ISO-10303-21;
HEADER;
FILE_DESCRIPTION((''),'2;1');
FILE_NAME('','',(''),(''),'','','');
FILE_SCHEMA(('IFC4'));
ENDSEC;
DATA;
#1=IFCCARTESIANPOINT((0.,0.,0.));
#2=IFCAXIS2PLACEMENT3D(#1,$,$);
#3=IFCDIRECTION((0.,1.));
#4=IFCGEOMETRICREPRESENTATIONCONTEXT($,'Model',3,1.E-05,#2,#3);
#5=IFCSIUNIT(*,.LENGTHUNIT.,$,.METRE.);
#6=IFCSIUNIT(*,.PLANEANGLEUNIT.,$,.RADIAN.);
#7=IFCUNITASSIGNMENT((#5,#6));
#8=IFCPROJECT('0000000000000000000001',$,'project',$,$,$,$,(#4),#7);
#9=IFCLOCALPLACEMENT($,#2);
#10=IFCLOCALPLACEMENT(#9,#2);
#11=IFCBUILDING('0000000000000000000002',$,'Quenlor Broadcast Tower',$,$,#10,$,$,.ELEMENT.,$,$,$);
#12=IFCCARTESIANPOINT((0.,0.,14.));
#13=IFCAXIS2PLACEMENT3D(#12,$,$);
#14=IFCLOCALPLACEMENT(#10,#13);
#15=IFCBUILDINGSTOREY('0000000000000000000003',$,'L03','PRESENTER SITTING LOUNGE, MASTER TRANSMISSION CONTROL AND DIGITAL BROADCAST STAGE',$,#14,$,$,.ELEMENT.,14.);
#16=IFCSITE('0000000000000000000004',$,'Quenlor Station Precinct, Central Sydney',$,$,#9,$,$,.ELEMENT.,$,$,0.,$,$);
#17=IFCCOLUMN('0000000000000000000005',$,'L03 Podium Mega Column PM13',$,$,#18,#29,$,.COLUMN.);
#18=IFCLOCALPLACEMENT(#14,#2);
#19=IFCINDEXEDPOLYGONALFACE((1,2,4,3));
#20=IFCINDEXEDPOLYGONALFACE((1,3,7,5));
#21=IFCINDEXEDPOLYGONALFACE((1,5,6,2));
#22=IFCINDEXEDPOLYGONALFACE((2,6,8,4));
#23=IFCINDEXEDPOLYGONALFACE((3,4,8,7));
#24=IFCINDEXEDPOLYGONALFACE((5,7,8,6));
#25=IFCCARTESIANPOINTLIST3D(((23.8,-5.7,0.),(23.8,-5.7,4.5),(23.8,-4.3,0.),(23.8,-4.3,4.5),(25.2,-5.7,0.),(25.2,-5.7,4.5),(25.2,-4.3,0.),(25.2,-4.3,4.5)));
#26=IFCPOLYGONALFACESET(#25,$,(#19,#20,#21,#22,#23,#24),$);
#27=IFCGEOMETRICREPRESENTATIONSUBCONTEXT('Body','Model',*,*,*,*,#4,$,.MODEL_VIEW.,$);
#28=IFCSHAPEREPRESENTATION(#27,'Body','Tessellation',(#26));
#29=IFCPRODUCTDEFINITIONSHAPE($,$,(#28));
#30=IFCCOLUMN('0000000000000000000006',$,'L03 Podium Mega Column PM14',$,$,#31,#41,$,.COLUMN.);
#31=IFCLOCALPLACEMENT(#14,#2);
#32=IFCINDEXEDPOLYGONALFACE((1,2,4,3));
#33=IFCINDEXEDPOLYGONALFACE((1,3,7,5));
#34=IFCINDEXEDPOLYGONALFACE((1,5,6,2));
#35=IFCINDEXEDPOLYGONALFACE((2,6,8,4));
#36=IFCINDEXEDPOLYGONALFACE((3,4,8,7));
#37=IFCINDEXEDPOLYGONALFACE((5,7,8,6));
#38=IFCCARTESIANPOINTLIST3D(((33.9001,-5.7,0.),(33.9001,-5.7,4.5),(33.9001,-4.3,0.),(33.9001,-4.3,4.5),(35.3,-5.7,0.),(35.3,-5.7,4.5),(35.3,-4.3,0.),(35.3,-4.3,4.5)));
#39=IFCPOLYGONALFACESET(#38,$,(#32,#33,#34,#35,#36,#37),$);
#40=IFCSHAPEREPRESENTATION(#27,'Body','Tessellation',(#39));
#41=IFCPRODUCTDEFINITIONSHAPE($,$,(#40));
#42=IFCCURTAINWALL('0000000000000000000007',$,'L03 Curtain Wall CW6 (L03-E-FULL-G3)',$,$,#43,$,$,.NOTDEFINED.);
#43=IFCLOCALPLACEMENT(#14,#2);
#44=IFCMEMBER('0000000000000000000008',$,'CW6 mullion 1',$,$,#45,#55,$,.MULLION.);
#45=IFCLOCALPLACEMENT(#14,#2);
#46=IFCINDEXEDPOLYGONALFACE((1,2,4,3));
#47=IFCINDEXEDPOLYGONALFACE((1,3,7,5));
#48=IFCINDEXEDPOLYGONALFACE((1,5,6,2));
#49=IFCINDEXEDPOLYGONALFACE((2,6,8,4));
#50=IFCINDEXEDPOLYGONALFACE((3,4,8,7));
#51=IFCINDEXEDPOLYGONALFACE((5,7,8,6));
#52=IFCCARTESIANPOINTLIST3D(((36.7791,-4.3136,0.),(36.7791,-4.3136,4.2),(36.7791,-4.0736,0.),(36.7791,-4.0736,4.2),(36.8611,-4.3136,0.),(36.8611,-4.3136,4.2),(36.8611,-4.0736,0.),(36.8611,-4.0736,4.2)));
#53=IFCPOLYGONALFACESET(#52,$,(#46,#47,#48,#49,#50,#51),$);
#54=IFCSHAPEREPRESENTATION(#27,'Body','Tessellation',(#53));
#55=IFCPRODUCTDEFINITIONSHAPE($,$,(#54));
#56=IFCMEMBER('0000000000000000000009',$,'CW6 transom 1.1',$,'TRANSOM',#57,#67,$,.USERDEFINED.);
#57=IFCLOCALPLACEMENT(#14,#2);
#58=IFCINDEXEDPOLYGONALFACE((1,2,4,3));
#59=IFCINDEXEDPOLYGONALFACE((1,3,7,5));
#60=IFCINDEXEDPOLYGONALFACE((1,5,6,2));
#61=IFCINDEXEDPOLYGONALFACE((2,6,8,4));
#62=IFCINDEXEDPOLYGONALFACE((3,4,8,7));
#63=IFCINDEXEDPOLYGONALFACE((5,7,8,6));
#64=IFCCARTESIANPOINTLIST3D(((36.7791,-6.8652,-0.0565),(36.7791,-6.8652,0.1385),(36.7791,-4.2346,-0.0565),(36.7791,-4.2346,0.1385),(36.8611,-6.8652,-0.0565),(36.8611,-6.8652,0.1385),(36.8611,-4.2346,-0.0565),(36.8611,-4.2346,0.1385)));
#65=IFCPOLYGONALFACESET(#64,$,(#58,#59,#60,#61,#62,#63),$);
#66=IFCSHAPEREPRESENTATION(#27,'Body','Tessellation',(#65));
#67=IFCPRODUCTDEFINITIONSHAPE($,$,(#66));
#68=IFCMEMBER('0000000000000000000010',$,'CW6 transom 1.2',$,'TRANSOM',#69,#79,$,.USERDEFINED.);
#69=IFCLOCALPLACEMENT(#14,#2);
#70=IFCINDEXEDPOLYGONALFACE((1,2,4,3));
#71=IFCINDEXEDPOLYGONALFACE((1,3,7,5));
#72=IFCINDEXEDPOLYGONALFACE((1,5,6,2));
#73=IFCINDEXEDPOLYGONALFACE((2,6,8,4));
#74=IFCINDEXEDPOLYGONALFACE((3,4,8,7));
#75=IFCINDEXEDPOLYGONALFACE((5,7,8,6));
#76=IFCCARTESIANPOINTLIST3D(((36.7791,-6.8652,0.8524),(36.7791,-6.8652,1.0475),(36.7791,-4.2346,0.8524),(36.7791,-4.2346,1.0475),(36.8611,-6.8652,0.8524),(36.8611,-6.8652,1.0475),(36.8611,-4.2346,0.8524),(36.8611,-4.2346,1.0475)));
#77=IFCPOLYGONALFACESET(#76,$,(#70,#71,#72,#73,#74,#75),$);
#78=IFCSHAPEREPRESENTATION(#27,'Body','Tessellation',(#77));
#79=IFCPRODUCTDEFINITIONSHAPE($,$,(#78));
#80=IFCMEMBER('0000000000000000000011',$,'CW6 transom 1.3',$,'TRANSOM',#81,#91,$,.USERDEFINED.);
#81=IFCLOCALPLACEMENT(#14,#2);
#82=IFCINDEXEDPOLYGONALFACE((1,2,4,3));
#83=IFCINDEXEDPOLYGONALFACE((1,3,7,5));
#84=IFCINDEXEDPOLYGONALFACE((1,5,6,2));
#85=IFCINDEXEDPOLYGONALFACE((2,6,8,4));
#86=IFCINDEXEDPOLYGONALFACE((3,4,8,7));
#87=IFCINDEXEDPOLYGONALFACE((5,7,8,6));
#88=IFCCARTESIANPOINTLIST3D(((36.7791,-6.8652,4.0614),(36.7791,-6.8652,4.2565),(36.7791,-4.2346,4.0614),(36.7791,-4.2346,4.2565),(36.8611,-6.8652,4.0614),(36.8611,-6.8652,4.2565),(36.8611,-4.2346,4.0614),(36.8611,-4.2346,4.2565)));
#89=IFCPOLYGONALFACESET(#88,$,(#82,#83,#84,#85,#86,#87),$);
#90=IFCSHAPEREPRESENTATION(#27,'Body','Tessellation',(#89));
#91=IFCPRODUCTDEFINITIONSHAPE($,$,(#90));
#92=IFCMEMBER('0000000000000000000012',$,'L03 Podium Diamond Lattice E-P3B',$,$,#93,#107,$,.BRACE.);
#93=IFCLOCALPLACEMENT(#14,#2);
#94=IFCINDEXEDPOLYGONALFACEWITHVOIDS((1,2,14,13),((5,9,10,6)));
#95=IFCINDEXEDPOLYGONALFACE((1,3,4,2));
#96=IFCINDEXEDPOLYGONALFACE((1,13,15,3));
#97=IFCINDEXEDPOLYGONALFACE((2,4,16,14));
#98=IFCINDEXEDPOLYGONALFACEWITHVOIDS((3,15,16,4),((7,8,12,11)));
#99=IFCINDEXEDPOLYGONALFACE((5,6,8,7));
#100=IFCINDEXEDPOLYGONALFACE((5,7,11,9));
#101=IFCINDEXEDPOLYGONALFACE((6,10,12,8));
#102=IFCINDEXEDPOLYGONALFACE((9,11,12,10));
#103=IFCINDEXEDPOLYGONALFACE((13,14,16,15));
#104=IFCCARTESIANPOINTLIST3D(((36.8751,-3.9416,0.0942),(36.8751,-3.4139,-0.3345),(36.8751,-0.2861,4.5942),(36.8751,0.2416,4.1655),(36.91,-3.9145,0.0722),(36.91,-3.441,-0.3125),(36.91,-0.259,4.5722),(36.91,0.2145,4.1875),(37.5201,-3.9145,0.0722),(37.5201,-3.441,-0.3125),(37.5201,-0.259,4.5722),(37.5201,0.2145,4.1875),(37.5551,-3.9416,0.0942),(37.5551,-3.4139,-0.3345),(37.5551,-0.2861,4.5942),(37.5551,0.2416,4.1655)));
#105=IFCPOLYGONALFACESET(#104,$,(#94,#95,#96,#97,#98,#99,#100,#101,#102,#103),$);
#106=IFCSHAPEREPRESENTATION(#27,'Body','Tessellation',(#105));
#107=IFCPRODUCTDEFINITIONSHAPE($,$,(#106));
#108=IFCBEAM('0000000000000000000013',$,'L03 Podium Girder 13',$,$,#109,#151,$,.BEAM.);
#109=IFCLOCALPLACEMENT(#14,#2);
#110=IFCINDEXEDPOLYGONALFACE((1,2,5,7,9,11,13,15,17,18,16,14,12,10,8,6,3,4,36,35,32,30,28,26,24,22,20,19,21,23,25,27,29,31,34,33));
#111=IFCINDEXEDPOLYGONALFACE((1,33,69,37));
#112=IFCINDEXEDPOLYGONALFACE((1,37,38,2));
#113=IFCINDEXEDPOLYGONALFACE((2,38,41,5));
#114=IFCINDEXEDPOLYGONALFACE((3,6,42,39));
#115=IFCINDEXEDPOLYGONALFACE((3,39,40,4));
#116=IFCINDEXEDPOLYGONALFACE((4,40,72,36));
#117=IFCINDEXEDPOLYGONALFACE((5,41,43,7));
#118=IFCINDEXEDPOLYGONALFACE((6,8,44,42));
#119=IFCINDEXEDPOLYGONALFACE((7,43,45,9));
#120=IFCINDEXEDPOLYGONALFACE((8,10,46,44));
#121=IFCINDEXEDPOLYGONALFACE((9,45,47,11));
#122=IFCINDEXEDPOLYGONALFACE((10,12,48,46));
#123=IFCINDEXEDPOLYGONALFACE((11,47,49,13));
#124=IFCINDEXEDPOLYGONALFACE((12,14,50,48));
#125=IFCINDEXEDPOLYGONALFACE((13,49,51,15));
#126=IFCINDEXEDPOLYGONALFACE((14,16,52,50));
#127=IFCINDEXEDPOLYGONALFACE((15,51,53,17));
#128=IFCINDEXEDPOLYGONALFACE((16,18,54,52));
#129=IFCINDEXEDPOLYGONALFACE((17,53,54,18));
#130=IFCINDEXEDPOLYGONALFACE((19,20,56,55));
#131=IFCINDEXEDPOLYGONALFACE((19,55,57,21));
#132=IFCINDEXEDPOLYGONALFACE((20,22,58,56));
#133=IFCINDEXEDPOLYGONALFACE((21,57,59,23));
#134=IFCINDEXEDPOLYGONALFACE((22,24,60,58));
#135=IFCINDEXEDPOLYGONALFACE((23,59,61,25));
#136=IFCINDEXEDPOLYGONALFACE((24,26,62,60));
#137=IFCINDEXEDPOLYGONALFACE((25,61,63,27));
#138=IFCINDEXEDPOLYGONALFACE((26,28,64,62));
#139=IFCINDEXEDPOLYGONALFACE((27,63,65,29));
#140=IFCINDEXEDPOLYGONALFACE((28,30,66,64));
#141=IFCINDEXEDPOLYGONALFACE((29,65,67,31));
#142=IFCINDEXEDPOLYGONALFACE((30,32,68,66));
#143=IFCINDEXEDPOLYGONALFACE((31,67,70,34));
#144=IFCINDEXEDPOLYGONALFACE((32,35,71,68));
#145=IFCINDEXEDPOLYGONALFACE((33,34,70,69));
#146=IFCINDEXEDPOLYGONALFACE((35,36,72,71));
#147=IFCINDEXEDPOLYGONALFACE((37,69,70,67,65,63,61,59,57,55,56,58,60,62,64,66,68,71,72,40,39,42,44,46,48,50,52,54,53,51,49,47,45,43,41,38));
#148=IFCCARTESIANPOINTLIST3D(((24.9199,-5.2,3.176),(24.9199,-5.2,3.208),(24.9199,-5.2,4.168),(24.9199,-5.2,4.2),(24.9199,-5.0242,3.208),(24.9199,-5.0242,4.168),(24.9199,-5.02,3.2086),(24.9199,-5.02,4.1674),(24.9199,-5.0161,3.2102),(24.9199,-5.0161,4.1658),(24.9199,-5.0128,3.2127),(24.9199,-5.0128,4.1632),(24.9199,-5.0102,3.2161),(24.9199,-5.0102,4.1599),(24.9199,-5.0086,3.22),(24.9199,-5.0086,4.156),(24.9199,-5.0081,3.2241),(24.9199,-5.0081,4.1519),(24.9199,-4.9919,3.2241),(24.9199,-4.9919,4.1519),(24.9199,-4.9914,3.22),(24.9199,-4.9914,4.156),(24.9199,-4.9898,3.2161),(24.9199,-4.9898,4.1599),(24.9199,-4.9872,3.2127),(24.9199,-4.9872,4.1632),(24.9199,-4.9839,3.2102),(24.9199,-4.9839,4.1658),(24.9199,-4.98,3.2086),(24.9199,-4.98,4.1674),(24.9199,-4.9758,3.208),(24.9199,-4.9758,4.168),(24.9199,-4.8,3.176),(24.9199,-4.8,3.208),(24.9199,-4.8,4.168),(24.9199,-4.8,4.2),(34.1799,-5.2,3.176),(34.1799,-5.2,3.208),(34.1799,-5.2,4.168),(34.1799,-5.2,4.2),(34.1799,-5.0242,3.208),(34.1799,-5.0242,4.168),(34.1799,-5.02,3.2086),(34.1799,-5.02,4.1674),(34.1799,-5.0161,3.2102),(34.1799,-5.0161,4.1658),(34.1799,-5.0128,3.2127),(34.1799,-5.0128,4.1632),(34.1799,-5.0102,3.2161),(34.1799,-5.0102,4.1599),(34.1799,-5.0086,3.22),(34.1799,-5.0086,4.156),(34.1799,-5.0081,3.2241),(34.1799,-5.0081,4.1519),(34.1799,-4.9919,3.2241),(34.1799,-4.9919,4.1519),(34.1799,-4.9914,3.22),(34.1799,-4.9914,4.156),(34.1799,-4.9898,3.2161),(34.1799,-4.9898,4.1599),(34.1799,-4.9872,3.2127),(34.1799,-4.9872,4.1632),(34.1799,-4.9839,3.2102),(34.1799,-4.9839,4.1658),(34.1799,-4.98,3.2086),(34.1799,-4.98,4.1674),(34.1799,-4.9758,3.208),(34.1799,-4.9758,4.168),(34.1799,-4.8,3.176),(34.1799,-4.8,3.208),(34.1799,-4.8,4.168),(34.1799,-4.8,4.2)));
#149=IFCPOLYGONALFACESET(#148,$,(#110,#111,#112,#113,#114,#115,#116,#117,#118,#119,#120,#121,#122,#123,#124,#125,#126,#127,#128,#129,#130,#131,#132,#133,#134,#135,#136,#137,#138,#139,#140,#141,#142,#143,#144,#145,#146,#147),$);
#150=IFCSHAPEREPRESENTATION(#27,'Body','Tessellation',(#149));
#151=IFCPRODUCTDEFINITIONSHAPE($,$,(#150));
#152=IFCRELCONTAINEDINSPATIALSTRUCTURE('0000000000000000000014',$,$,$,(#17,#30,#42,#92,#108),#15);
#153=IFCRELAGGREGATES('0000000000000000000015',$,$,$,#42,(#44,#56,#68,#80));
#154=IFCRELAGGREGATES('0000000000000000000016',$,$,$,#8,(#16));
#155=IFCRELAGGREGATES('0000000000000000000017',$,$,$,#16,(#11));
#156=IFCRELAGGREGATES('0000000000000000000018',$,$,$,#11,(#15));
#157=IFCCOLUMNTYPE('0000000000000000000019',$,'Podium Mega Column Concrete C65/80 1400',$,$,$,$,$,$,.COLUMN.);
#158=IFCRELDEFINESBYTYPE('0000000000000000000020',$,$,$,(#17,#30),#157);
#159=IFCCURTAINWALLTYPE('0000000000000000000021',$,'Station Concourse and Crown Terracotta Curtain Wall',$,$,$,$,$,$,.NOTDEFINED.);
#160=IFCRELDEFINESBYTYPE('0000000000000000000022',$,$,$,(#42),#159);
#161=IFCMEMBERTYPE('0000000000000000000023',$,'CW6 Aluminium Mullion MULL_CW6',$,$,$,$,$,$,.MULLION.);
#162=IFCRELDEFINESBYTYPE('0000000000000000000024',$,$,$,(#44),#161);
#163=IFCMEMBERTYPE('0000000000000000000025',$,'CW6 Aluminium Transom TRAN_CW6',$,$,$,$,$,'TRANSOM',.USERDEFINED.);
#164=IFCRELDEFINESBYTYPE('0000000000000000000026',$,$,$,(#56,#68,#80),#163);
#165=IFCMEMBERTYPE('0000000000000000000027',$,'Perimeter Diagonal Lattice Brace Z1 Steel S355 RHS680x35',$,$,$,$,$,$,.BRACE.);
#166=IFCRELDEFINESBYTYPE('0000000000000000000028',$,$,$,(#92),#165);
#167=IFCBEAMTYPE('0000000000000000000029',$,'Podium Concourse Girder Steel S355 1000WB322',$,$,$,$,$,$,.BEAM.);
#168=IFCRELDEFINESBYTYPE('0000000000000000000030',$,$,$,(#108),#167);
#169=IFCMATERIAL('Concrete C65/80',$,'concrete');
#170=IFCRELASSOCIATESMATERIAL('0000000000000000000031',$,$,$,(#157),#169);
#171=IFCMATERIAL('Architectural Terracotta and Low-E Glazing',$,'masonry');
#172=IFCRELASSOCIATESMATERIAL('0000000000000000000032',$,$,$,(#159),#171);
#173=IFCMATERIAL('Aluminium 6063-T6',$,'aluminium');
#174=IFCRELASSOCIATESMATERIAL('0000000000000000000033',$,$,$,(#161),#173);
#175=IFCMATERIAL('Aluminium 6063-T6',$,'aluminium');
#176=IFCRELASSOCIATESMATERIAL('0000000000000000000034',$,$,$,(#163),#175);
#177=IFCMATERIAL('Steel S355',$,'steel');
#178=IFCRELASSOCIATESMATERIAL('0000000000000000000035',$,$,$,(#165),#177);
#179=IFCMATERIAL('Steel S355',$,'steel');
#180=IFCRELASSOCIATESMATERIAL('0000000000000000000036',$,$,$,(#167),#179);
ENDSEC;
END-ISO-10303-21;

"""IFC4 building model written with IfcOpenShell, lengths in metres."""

from ifc_helpers import new_model, si_unit, direction, frame, origin, origin_2d, place, context, subcontext, project, spatial, rectangle, hollow_rectangle, i_section, extrude, material, material_profile, profile_set, type_object, element, aggregate, save


model = new_model("IFC4")

# Units and contexts
model_context = context("Model", 3, precision=1e-05, world=origin(), true_north=direction((0.0, 1.0)))
body_context = subcontext(model_context, "Body", "Model", "MODEL_VIEW")
ifc_project = project(units=[si_unit("LENGTHUNIT", "METRE"), si_unit("PLANEANGLEUNIT", "RADIAN")], contexts=[model_context])

# Site, building, storey
site_placement = place(None, origin())
site = spatial("IfcSite", under=ifc_project, at=site_placement, Name="Quenlor Station Precinct, Central Sydney", CompositionType="ELEMENT", RefElevation=0.0)
building_placement = place(site_placement, origin())
building = spatial("IfcBuilding", under=site, at=building_placement, Name="Quenlor Broadcast Tower", CompositionType="ELEMENT")
storey_placement = place(building_placement, frame((0.0, 0.0, 14.0)))
storey = spatial("IfcBuildingStorey", under=building, at=storey_placement, Name="L03", Description="PRESENTER SITTING LOUNGE, MASTER TRANSMISSION CONTROL AND DIGITAL BROADCAST STAGE", CompositionType="ELEMENT", Elevation=14.0)

# Columns
ifc_material_1 = material(Name="Concrete C65/80", Category="concrete")
ifc_material_profile_1 = material_profile(ifc_material_1, rectangle(XDim=1.3999, YDim=1.3999, at=origin_2d()))
ifc_profile_set_1 = profile_set([ifc_material_profile_1], Name="Concrete C65/80 RC1400x1400")
column_type = type_object("IfcColumnType", Name="Podium Mega Column Concrete C65/80 1400", PredefinedType="COLUMN", material=ifc_profile_set_1)
for number, where, z_axis, x_axis, name in (
    (1, (24.5, -5.0, 0.0), (0.0, 0.0, 1.0), (1.0, 0.0, 0.0), "L03 Podium Mega Column PM13"),
    (2, (34.6001, -5.0, 0.0), (0.0, 0.0, 1.0), (1.0, 0.0, 0.0), "L03 Podium Mega Column PM14"),
):
    element("IfcColumn", number, at=place(storey_placement, frame(where, z_axis=z_axis, x_axis=x_axis)), inside=storey, type_object=column_type, Name=name, PredefinedType="COLUMN", context=body_context, shape_type="SweptSolid", body=[
        extrude(rectangle(XDim=1.3999, YDim=1.3999, at=origin_2d()), origin(), (0.0, 0.0, 1.0), 4.5),
    ])

# Curtain wall, members
ifc_material_2 = material(Name="Architectural Terracotta and Low-E Glazing", Category="masonry")
curtain_wall_type = type_object("IfcCurtainWallType", Name="Station Concourse and Crown Terracotta Curtain Wall", PredefinedType="NOTDEFINED", material=ifc_material_2)
curtain_wall_placement = place(storey_placement, origin())
curtain_wall = element("IfcCurtainWall", 3, at=curtain_wall_placement, inside=storey, type_object=curtain_wall_type, Name="L03 Curtain Wall CW6 (L03-E-FULL-G3)", PredefinedType="NOTDEFINED")
ifc_material_3 = material(Name="Aluminium 6063-T6", Category="aluminium")
ifc_material_profile_2 = material_profile(ifc_material_3, rectangle(XDim=0.082, YDim=0.24, at=origin_2d()))
ifc_profile_set_2 = profile_set([ifc_material_profile_2], Name="Aluminium 6063-T6 MULL82x240")
member_type_1 = type_object("IfcMemberType", Name="CW6 Aluminium Mullion MULL_CW6", PredefinedType="MULLION", material=ifc_profile_set_2)
member_1_placement = place(storey_placement, frame((36.8201, -4.1936, 0.0), z_axis=(0.0, 0.0, 1.0), x_axis=(1.0, 0.0, 0.0)))
member_1 = element("IfcMember", 4, at=member_1_placement, type_object=member_type_1, Name="CW6 mullion 1", PredefinedType="MULLION", context=body_context, shape_type="SweptSolid", body=[
    extrude(rectangle(XDim=0.082, YDim=0.24, at=origin_2d()), origin(), (0.0, 0.0, 1.0), 4.2),
])
ifc_material_4 = material(Name="Aluminium 6063-T6", Category="aluminium")
ifc_material_profile_3 = material_profile(ifc_material_4, rectangle(XDim=0.082, YDim=0.1951, at=origin_2d()))
ifc_profile_set_3 = profile_set([ifc_material_profile_3], Name="Aluminium 6063-T6 TRAN82x195")
member_type_2 = type_object("IfcMemberType", Name="CW6 Aluminium Transom TRAN_CW6", ElementType="TRANSOM", PredefinedType="USERDEFINED", material=ifc_profile_set_3)
member_2_placement = place(storey_placement, frame((36.8201, -4.2346, 0.041), z_axis=(0.0, -1.0, 0.0), x_axis=(1.0, 0.0, 0.0)))
member_2 = element("IfcMember", 5, at=member_2_placement, type_object=member_type_2, Name="CW6 transom 1.1", ObjectType="TRANSOM", PredefinedType="USERDEFINED", context=body_context, shape_type="SweptSolid", body=[
    extrude(rectangle(XDim=0.082, YDim=0.1951, at=origin_2d()), origin(), (0.0, 0.0, 1.0), 2.6306),
])
member_3_placement = place(storey_placement, frame((36.8201, -4.2346, 0.95), z_axis=(0.0, -1.0, 0.0), x_axis=(1.0, 0.0, 0.0)))
member_3 = element("IfcMember", 6, at=member_3_placement, type_object=member_type_2, Name="CW6 transom 1.2", ObjectType="TRANSOM", PredefinedType="USERDEFINED", context=body_context, shape_type="SweptSolid", body=[
    extrude(rectangle(XDim=0.082, YDim=0.1951, at=origin_2d()), origin(), (0.0, 0.0, 1.0), 2.6306),
])
member_4_placement = place(storey_placement, frame((36.8201, -4.2346, 4.1589), z_axis=(0.0, -1.0, 0.0), x_axis=(1.0, 0.0, 0.0)))
member_4 = element("IfcMember", 7, at=member_4_placement, type_object=member_type_2, Name="CW6 transom 1.3", ObjectType="TRANSOM", PredefinedType="USERDEFINED", context=body_context, shape_type="SweptSolid", body=[
    extrude(rectangle(XDim=0.082, YDim=0.1951, at=origin_2d()), origin(), (0.0, 0.0, 1.0), 2.6306),
])

# Member
ifc_material_5 = material(Name="Steel S355", Category="steel")
ifc_material_profile_4 = material_profile(ifc_material_5, hollow_rectangle(XDim=0.6799, YDim=0.6799, WallThickness=0.0349, at=origin_2d()))
ifc_profile_set_4 = profile_set([ifc_material_profile_4], Name="Steel S355 RHS680x680x35")
member_type_3 = type_object("IfcMemberType", Name="Perimeter Diagonal Lattice Brace Z1 Steel S355 RHS680x35", PredefinedType="BRACE", material=ifc_profile_set_4)
member_5_placement = place(storey_placement, frame((37.2151, -3.6777, -0.1201), z_axis=(0.0, 0.630517, 0.776176), x_axis=(-1.0, 0.0, 0.0)))
element("IfcMember", 8, at=member_5_placement, inside=storey, type_object=member_type_3, Name="L03 Podium Diamond Lattice E-P3B", PredefinedType="BRACE", context=body_context, shape_type="SweptSolid", body=[
    extrude(hollow_rectangle(XDim=0.6799, YDim=0.6799, WallThickness=0.0349, at=origin_2d()), origin(), (0.0, 0.0, 1.0), 5.7976),
])

# Beam
ifc_material_6 = material(Name="Steel S355", Category="steel")
ifc_material_profile_5 = material_profile(ifc_material_6, i_section(OverallWidth=0.3999, OverallDepth=1.0239, WebThickness=0.0161, FlangeThickness=0.032, FilletRadius=0.0161, at=origin_2d()))
ifc_profile_set_5 = profile_set([ifc_material_profile_5], Name="Steel S355 1000WB322")
beam_type_1 = type_object("IfcBeamType", Name="Podium Concourse Girder Steel S355 1000WB322", PredefinedType="BEAM", material=ifc_profile_set_5)
beam_1_placement = place(storey_placement, frame((24.9199, -5.0, 3.688), z_axis=(1.0, 0.0, 0.0), x_axis=(0.0, 1.0, 0.0)))
element("IfcBeam", 9, at=beam_1_placement, inside=storey, type_object=beam_type_1, Name="L03 Podium Girder 13", PredefinedType="BEAM", context=body_context, shape_type="SweptSolid", body=[
    extrude(i_section(OverallWidth=0.3999, OverallDepth=1.0239, WebThickness=0.0161, FlangeThickness=0.032, FilletRadius=0.0161, at=origin_2d()), origin(), (0.0, 0.0, 1.0), 9.26),
])

aggregate(curtain_wall, [member_1, member_2, member_3, member_4])

save(model, "model.ifc")
